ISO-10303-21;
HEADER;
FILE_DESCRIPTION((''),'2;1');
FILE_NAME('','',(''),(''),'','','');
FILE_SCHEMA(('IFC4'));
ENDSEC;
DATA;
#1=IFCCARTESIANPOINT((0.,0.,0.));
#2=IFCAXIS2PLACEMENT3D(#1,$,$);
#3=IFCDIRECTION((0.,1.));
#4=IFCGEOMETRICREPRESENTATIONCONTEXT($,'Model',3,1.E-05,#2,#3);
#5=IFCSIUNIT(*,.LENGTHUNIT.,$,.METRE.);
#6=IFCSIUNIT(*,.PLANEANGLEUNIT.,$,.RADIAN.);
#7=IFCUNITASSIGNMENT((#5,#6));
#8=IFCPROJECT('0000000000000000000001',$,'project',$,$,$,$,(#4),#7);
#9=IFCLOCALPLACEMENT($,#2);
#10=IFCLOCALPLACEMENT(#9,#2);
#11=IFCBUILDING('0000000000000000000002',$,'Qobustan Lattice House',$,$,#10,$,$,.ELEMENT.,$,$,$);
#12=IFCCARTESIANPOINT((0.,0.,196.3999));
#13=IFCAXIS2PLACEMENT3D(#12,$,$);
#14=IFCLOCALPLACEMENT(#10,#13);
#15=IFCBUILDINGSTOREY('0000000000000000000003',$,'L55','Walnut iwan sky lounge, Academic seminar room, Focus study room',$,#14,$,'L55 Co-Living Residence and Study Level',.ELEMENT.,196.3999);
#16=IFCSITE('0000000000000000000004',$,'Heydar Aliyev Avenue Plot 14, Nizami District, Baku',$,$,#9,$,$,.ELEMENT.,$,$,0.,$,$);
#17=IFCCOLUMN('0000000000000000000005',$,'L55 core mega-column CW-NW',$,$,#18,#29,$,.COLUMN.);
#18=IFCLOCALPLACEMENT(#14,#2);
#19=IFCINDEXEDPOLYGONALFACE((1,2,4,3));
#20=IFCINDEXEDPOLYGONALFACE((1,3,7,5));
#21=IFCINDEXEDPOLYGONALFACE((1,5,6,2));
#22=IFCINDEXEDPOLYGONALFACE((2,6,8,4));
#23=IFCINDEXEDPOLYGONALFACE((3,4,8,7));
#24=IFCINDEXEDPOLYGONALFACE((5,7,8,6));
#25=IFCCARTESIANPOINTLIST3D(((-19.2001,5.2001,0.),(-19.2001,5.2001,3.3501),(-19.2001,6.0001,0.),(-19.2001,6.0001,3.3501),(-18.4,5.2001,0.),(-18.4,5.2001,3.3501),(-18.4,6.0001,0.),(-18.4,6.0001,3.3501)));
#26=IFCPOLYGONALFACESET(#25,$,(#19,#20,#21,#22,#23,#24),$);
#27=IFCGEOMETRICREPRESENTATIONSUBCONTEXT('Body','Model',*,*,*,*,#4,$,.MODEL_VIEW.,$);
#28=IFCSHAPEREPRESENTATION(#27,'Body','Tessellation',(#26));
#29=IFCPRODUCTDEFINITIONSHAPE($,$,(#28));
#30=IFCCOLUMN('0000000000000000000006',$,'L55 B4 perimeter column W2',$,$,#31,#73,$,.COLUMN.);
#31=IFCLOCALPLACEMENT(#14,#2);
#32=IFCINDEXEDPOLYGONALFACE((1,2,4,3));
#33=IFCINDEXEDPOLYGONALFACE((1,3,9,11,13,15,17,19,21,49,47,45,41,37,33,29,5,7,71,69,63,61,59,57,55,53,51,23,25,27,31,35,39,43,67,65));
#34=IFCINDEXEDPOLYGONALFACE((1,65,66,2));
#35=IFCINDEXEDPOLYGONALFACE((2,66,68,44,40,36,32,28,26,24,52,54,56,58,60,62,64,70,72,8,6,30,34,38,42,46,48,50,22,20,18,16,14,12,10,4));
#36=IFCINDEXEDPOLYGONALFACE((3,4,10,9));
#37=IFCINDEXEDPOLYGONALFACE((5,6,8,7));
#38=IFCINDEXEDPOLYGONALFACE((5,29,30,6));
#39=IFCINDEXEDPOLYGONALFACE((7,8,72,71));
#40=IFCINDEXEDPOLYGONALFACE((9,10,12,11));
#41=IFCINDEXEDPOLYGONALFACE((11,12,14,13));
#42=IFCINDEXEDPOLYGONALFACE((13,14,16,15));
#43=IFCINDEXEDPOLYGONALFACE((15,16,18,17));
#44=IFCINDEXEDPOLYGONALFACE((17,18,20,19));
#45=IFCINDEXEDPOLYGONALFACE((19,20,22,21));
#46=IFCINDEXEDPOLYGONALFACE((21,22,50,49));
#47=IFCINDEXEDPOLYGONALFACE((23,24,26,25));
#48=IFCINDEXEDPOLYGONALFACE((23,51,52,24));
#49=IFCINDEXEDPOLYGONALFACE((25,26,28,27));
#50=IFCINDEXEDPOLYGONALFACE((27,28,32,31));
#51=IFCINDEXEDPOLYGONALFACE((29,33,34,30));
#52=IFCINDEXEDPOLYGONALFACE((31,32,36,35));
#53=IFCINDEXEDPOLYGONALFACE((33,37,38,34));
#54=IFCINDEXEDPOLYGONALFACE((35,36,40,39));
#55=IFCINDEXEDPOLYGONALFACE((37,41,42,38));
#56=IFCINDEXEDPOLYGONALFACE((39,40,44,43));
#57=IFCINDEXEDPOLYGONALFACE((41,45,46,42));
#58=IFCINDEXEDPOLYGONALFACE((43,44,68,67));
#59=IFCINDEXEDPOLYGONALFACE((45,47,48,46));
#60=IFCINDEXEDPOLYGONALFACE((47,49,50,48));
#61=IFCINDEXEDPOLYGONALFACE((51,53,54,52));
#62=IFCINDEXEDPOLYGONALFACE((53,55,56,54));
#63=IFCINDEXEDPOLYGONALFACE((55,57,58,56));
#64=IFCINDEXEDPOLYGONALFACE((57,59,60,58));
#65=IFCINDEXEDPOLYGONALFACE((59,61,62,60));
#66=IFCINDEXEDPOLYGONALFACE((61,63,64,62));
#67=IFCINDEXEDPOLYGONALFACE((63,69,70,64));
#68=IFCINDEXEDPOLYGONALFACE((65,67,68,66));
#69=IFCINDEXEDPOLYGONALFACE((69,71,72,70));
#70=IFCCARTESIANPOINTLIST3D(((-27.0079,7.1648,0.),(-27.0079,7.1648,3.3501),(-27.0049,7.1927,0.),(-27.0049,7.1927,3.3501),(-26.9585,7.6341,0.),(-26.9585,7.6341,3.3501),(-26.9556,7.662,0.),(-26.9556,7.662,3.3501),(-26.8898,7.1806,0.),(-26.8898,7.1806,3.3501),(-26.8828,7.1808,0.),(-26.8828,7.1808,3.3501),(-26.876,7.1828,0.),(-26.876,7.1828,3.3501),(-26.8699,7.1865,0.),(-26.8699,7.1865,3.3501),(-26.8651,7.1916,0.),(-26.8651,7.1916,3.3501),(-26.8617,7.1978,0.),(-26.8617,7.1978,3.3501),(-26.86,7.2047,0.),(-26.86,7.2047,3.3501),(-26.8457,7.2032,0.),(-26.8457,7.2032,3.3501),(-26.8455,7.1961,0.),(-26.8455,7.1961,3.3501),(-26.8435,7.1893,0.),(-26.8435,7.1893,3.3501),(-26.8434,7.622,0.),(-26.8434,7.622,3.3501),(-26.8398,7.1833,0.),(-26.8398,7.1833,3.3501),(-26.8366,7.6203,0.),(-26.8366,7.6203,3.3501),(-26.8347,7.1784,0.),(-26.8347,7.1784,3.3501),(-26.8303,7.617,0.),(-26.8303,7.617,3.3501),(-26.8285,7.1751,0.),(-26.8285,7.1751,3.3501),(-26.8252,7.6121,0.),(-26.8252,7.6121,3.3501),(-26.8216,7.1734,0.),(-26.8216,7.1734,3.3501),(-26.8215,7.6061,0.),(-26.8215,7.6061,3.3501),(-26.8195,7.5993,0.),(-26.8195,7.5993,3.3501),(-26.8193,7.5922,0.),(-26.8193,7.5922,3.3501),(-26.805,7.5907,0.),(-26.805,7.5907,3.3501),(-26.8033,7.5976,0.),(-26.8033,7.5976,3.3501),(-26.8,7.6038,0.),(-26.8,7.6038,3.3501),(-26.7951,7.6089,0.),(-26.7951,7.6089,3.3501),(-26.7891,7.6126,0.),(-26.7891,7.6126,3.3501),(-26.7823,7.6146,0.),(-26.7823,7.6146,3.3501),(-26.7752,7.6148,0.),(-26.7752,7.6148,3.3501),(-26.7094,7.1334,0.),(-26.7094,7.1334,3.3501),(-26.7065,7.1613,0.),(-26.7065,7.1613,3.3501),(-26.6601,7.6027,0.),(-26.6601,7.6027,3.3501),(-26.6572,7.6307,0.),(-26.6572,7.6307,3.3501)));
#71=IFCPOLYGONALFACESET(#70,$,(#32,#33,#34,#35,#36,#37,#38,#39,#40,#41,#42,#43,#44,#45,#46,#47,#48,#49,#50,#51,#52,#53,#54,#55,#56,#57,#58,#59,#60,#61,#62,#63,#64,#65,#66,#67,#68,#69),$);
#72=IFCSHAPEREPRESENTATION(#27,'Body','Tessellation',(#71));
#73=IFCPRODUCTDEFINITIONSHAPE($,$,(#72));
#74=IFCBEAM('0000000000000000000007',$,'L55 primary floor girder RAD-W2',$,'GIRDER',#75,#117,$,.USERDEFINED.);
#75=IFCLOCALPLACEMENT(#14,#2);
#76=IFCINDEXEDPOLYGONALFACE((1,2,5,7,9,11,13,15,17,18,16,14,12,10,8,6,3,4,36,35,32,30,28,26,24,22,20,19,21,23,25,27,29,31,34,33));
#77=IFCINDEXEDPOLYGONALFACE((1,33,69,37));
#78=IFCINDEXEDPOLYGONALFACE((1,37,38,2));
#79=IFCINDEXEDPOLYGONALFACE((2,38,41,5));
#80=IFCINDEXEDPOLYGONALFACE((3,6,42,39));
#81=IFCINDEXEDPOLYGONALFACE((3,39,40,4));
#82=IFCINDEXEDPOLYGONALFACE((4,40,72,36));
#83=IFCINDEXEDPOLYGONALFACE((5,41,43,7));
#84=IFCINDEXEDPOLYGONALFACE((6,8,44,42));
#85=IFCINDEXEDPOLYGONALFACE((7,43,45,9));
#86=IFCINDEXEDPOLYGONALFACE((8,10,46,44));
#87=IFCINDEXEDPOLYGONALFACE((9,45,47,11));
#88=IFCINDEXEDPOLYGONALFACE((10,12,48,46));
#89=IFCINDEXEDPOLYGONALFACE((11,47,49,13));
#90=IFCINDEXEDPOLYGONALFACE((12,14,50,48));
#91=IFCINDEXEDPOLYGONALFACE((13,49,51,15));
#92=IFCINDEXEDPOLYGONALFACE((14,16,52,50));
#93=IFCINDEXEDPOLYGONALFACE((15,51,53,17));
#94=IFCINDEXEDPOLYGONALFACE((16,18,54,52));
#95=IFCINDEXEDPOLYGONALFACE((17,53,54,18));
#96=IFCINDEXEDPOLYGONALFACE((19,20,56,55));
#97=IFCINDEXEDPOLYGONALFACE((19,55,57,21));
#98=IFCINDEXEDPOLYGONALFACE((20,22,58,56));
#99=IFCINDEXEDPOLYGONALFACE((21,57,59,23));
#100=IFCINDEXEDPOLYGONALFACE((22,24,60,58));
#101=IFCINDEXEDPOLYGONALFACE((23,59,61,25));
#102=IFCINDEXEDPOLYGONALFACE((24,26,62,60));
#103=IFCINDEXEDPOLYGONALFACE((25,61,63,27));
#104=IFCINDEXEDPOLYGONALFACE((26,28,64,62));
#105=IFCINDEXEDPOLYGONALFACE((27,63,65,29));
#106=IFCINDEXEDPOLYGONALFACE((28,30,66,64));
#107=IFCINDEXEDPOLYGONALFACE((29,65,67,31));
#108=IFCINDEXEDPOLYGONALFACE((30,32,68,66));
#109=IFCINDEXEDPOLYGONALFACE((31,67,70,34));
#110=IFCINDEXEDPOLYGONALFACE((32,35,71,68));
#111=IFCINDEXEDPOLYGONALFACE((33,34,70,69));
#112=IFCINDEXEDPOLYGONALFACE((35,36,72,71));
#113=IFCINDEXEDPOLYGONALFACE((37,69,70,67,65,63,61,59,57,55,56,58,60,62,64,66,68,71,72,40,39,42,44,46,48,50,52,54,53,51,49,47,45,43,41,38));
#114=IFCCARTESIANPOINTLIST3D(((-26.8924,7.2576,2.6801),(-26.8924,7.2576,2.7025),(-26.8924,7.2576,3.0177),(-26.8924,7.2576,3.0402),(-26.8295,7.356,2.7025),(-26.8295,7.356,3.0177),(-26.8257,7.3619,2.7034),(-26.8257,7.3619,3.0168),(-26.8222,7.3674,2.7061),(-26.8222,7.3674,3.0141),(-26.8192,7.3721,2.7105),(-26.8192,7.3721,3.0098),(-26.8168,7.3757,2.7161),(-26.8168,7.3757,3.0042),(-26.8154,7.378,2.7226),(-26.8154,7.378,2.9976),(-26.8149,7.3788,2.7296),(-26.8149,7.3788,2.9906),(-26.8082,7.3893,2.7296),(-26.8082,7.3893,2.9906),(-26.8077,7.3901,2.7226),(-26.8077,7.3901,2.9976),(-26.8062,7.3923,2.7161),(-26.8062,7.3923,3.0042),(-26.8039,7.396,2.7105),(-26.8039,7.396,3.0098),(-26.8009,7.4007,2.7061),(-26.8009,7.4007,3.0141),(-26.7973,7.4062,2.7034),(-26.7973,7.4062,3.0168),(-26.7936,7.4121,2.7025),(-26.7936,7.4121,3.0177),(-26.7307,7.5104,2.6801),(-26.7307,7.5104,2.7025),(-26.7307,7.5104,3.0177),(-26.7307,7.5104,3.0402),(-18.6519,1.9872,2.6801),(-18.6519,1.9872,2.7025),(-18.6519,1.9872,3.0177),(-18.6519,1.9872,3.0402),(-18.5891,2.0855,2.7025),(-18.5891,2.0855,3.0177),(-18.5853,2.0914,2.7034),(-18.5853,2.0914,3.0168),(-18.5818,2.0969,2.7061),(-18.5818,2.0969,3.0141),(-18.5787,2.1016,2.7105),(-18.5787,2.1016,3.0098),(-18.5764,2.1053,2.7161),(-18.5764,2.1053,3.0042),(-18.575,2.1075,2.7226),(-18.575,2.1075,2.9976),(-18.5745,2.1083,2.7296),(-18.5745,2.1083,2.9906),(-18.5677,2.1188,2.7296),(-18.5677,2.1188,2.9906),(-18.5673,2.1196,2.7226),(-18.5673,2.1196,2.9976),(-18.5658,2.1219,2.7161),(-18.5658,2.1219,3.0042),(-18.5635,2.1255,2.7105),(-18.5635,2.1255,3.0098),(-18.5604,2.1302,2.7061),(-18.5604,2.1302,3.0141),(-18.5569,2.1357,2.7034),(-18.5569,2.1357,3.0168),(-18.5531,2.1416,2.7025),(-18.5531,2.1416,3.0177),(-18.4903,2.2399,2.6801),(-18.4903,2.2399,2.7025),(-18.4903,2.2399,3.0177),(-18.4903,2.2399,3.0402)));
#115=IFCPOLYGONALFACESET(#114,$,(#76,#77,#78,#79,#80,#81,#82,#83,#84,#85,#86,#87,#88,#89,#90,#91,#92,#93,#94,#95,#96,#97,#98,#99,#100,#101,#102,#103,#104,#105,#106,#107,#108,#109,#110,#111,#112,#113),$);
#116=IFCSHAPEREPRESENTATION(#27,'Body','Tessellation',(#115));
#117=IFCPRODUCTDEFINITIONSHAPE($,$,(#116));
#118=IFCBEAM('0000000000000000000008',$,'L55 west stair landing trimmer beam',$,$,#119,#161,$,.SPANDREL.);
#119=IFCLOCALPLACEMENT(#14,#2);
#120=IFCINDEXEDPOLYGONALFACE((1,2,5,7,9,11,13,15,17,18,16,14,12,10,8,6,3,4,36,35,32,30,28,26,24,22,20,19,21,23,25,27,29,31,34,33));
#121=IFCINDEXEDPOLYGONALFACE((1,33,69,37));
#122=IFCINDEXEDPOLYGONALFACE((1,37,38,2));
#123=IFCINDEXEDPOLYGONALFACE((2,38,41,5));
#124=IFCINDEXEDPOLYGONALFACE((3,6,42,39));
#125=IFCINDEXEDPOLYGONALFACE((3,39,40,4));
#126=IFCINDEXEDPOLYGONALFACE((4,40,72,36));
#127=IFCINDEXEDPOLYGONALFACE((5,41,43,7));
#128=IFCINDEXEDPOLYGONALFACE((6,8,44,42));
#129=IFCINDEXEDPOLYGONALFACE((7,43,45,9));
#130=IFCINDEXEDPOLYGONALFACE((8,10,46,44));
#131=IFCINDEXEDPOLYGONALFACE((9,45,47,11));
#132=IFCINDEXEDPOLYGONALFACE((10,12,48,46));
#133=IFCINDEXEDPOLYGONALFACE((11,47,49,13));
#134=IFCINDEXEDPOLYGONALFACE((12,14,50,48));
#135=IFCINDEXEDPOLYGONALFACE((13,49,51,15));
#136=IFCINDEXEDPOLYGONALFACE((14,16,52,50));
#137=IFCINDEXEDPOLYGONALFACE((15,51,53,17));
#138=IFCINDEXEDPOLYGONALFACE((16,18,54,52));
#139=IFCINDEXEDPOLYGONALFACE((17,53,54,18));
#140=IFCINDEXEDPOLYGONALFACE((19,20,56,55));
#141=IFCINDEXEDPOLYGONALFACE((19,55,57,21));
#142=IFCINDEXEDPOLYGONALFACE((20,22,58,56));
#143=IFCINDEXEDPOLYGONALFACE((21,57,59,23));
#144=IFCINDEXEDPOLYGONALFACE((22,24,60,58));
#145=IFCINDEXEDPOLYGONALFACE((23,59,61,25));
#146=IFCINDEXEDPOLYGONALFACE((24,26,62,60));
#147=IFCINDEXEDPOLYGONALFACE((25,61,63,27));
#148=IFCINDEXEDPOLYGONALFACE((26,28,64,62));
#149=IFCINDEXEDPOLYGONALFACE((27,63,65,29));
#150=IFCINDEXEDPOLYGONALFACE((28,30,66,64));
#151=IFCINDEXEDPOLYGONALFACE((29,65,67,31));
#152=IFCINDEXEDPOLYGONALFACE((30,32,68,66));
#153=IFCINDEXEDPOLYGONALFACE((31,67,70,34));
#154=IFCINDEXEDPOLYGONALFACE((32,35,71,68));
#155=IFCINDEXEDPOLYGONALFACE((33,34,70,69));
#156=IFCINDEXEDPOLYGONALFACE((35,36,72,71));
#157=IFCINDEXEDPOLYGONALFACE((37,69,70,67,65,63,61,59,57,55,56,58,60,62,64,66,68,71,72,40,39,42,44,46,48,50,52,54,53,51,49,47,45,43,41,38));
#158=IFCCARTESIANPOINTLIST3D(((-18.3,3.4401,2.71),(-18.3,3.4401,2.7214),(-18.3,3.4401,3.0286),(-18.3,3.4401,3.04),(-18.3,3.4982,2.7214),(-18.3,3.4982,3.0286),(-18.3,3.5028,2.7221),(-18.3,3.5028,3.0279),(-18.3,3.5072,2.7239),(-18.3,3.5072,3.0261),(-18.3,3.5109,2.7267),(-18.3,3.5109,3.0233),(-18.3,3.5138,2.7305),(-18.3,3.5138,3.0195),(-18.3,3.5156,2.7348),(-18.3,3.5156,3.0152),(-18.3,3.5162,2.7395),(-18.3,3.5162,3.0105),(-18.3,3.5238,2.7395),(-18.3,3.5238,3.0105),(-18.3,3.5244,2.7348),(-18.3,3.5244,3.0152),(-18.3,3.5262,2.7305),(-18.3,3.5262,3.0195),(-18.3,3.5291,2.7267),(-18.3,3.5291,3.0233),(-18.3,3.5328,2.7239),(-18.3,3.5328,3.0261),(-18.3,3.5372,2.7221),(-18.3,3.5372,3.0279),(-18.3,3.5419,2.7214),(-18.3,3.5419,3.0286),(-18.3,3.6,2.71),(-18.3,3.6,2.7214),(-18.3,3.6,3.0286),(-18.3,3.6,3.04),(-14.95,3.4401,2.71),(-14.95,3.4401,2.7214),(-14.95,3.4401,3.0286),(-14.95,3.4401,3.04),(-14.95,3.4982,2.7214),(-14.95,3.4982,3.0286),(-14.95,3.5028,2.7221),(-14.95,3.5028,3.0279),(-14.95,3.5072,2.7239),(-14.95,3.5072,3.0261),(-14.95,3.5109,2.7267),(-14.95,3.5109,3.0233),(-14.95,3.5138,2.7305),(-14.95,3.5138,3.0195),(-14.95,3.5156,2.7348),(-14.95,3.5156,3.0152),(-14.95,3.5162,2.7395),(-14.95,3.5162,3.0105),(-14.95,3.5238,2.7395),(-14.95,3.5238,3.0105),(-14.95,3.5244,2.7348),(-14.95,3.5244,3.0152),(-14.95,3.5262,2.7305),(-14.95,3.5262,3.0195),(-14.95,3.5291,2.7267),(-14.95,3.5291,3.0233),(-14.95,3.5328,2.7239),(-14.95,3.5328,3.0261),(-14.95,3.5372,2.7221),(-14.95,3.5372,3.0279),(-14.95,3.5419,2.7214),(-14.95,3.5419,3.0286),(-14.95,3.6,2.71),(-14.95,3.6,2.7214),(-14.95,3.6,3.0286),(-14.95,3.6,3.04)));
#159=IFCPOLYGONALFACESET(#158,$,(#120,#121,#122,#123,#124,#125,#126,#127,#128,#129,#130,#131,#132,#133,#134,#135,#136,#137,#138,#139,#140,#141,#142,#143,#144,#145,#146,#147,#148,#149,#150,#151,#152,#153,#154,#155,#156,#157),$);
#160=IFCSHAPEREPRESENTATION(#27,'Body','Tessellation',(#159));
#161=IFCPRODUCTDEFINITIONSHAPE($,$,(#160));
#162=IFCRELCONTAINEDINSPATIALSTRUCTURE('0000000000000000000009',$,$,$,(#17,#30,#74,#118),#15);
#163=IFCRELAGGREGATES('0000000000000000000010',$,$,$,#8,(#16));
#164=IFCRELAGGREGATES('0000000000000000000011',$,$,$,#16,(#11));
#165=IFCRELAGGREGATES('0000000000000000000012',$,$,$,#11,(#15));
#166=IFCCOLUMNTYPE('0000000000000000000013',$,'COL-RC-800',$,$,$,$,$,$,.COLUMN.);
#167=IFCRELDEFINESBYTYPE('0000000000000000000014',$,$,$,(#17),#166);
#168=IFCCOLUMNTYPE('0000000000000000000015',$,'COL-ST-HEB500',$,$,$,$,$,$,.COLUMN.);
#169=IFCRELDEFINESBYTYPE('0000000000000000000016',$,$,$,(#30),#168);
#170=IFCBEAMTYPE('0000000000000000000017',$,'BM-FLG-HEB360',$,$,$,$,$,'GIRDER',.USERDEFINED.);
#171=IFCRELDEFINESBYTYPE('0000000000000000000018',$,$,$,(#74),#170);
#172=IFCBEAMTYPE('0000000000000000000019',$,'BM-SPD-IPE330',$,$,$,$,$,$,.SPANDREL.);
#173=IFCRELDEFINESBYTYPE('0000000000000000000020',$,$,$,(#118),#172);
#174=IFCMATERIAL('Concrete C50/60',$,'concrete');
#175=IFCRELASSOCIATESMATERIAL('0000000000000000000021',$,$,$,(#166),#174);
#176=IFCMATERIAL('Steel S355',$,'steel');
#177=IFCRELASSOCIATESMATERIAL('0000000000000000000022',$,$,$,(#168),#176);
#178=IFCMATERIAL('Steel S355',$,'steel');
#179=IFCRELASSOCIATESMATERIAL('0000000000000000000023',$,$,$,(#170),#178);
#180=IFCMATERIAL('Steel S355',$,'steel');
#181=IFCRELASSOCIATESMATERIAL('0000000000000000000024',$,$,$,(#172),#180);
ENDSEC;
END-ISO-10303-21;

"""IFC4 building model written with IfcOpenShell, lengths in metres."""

from ifc_helpers import new_model, si_unit, direction, frame, origin, origin_2d, place, context, subcontext, project, spatial, rectangle, i_section, extrude, material, material_profile, profile_set, type_object, element, save


model = new_model("IFC4")

# Units and contexts
model_context = context("Model", 3, precision=1e-05, world=origin(), true_north=direction((0.0, 1.0)))
body_context = subcontext(model_context, "Body", "Model", "MODEL_VIEW")
ifc_project = project(units=[si_unit("LENGTHUNIT", "METRE"), si_unit("PLANEANGLEUNIT", "RADIAN")], contexts=[model_context])

# Site, building, storey
site_placement = place(None, origin())
site = spatial("IfcSite", under=ifc_project, at=site_placement, Name="Heydar Aliyev Avenue Plot 14, Nizami District, Baku", CompositionType="ELEMENT", RefElevation=0.0)
building_placement = place(site_placement, origin())
building = spatial("IfcBuilding", under=site, at=building_placement, Name="Qobustan Lattice House", CompositionType="ELEMENT")
storey_placement = place(building_placement, frame((0.0, 0.0, 196.3999)))
storey = spatial("IfcBuildingStorey", under=building, at=storey_placement, Name="L55", Description="Walnut iwan sky lounge, Academic seminar room, Focus study room", LongName="L55 Co-Living Residence and Study Level", CompositionType="ELEMENT", Elevation=196.3999)

# Columns
ifc_material_1 = material(Name="Concrete C50/60", Category="concrete")
ifc_material_profile_1 = material_profile(ifc_material_1, rectangle(XDim=0.8, YDim=0.8, at=origin_2d()), Name="RC800x800")
ifc_profile_set_1 = profile_set([ifc_material_profile_1], Name="Concrete C50/60")
column_type_1 = type_object("IfcColumnType", Name="COL-RC-800", PredefinedType="COLUMN", material=ifc_profile_set_1)
column_1_placement = place(storey_placement, frame((-18.8, 5.6001, 0.0), z_axis=(0.0, 0.0, 1.0), x_axis=(1.0, 0.0, 0.0)))
element("IfcColumn", 1, at=column_1_placement, inside=storey, type_object=column_type_1, Name="L55 core mega-column CW-NW", PredefinedType="COLUMN", context=body_context, shape_type="SweptSolid", body=[
    extrude(rectangle(XDim=0.8, YDim=0.8, at=origin_2d()), origin(), (0.0, 0.0, 1.0), 3.3501),
])
ifc_material_2 = material(Name="Steel S355", Category="steel")
ifc_material_profile_2 = material_profile(ifc_material_2, i_section(OverallWidth=0.3, OverallDepth=0.5, WebThickness=0.0144, FlangeThickness=0.0281, FilletRadius=0.0271, at=origin_2d()), Name="HEB500")
ifc_profile_set_2 = profile_set([ifc_material_profile_2], Name="Steel S355")
column_type_2 = type_object("IfcColumnType", Name="COL-ST-HEB500", PredefinedType="COLUMN", material=ifc_profile_set_2)
column_2_placement = place(storey_placement, frame((-26.8325, 7.3977, 0.0), z_axis=(0.0, 0.0, 1.0), x_axis=(0.994522, -0.104528, 0.0)))
element("IfcColumn", 2, at=column_2_placement, inside=storey, type_object=column_type_2, Name="L55 B4 perimeter column W2", PredefinedType="COLUMN", context=body_context, shape_type="SweptSolid", body=[
    extrude(i_section(OverallWidth=0.3, OverallDepth=0.5, WebThickness=0.0144, FlangeThickness=0.0281, FilletRadius=0.0271, at=origin_2d()), origin(), (0.0, 0.0, 1.0), 3.3501),
])

# Beams
ifc_material_3 = material(Name="Steel S355", Category="steel")
ifc_material_profile_3 = material_profile(ifc_material_3, i_section(OverallWidth=0.3, OverallDepth=0.3601, WebThickness=0.0125, FlangeThickness=0.0225, FilletRadius=0.0271, at=origin_2d()), Name="HEB360")
ifc_profile_set_3 = profile_set([ifc_material_profile_3], Name="Steel S355")
beam_type_1 = type_object("IfcBeamType", Name="BM-FLG-HEB360", ElementType="GIRDER", PredefinedType="USERDEFINED", material=ifc_profile_set_3)
beam_1_placement = place(storey_placement, frame((-26.8115, 7.384, 2.8601), z_axis=(0.842429, -0.538807, 0.0), x_axis=(0.538807, 0.842429, 0.0)))
element("IfcBeam", 3, at=beam_1_placement, inside=storey, type_object=beam_type_1, Name="L55 primary floor girder RAD-W2", ObjectType="GIRDER", PredefinedType="USERDEFINED", context=body_context, shape_type="SweptSolid", body=[
    extrude(i_section(OverallWidth=0.3, OverallDepth=0.3601, WebThickness=0.0125, FlangeThickness=0.0225, FilletRadius=0.0271, at=origin_2d()), origin(), (0.0, 0.0, 1.0), 9.7817),
])
ifc_material_4 = material(Name="Steel S355", Category="steel")
ifc_material_profile_4 = material_profile(ifc_material_4, i_section(OverallWidth=0.1599, OverallDepth=0.3301, WebThickness=0.0076, FlangeThickness=0.0115, FilletRadius=0.0181, at=origin_2d()), Name="IPE330")
ifc_profile_set_4 = profile_set([ifc_material_profile_4], Name="Steel S355")
beam_type_2 = type_object("IfcBeamType", Name="BM-SPD-IPE330", PredefinedType="SPANDREL", material=ifc_profile_set_4)
beam_2_placement = place(storey_placement, frame((-18.3, 3.52, 2.875), z_axis=(1.0, 0.0, 0.0), x_axis=(0.0, 1.0, 0.0)))
element("IfcBeam", 4, at=beam_2_placement, inside=storey, type_object=beam_type_2, Name="L55 west stair landing trimmer beam", PredefinedType="SPANDREL", context=body_context, shape_type="SweptSolid", body=[
    extrude(i_section(OverallWidth=0.1599, OverallDepth=0.3301, WebThickness=0.0076, FlangeThickness=0.0115, FilletRadius=0.0181, at=origin_2d()), origin(), (0.0, 0.0, 1.0), 3.3501),
])

save(model, "model.ifc")
